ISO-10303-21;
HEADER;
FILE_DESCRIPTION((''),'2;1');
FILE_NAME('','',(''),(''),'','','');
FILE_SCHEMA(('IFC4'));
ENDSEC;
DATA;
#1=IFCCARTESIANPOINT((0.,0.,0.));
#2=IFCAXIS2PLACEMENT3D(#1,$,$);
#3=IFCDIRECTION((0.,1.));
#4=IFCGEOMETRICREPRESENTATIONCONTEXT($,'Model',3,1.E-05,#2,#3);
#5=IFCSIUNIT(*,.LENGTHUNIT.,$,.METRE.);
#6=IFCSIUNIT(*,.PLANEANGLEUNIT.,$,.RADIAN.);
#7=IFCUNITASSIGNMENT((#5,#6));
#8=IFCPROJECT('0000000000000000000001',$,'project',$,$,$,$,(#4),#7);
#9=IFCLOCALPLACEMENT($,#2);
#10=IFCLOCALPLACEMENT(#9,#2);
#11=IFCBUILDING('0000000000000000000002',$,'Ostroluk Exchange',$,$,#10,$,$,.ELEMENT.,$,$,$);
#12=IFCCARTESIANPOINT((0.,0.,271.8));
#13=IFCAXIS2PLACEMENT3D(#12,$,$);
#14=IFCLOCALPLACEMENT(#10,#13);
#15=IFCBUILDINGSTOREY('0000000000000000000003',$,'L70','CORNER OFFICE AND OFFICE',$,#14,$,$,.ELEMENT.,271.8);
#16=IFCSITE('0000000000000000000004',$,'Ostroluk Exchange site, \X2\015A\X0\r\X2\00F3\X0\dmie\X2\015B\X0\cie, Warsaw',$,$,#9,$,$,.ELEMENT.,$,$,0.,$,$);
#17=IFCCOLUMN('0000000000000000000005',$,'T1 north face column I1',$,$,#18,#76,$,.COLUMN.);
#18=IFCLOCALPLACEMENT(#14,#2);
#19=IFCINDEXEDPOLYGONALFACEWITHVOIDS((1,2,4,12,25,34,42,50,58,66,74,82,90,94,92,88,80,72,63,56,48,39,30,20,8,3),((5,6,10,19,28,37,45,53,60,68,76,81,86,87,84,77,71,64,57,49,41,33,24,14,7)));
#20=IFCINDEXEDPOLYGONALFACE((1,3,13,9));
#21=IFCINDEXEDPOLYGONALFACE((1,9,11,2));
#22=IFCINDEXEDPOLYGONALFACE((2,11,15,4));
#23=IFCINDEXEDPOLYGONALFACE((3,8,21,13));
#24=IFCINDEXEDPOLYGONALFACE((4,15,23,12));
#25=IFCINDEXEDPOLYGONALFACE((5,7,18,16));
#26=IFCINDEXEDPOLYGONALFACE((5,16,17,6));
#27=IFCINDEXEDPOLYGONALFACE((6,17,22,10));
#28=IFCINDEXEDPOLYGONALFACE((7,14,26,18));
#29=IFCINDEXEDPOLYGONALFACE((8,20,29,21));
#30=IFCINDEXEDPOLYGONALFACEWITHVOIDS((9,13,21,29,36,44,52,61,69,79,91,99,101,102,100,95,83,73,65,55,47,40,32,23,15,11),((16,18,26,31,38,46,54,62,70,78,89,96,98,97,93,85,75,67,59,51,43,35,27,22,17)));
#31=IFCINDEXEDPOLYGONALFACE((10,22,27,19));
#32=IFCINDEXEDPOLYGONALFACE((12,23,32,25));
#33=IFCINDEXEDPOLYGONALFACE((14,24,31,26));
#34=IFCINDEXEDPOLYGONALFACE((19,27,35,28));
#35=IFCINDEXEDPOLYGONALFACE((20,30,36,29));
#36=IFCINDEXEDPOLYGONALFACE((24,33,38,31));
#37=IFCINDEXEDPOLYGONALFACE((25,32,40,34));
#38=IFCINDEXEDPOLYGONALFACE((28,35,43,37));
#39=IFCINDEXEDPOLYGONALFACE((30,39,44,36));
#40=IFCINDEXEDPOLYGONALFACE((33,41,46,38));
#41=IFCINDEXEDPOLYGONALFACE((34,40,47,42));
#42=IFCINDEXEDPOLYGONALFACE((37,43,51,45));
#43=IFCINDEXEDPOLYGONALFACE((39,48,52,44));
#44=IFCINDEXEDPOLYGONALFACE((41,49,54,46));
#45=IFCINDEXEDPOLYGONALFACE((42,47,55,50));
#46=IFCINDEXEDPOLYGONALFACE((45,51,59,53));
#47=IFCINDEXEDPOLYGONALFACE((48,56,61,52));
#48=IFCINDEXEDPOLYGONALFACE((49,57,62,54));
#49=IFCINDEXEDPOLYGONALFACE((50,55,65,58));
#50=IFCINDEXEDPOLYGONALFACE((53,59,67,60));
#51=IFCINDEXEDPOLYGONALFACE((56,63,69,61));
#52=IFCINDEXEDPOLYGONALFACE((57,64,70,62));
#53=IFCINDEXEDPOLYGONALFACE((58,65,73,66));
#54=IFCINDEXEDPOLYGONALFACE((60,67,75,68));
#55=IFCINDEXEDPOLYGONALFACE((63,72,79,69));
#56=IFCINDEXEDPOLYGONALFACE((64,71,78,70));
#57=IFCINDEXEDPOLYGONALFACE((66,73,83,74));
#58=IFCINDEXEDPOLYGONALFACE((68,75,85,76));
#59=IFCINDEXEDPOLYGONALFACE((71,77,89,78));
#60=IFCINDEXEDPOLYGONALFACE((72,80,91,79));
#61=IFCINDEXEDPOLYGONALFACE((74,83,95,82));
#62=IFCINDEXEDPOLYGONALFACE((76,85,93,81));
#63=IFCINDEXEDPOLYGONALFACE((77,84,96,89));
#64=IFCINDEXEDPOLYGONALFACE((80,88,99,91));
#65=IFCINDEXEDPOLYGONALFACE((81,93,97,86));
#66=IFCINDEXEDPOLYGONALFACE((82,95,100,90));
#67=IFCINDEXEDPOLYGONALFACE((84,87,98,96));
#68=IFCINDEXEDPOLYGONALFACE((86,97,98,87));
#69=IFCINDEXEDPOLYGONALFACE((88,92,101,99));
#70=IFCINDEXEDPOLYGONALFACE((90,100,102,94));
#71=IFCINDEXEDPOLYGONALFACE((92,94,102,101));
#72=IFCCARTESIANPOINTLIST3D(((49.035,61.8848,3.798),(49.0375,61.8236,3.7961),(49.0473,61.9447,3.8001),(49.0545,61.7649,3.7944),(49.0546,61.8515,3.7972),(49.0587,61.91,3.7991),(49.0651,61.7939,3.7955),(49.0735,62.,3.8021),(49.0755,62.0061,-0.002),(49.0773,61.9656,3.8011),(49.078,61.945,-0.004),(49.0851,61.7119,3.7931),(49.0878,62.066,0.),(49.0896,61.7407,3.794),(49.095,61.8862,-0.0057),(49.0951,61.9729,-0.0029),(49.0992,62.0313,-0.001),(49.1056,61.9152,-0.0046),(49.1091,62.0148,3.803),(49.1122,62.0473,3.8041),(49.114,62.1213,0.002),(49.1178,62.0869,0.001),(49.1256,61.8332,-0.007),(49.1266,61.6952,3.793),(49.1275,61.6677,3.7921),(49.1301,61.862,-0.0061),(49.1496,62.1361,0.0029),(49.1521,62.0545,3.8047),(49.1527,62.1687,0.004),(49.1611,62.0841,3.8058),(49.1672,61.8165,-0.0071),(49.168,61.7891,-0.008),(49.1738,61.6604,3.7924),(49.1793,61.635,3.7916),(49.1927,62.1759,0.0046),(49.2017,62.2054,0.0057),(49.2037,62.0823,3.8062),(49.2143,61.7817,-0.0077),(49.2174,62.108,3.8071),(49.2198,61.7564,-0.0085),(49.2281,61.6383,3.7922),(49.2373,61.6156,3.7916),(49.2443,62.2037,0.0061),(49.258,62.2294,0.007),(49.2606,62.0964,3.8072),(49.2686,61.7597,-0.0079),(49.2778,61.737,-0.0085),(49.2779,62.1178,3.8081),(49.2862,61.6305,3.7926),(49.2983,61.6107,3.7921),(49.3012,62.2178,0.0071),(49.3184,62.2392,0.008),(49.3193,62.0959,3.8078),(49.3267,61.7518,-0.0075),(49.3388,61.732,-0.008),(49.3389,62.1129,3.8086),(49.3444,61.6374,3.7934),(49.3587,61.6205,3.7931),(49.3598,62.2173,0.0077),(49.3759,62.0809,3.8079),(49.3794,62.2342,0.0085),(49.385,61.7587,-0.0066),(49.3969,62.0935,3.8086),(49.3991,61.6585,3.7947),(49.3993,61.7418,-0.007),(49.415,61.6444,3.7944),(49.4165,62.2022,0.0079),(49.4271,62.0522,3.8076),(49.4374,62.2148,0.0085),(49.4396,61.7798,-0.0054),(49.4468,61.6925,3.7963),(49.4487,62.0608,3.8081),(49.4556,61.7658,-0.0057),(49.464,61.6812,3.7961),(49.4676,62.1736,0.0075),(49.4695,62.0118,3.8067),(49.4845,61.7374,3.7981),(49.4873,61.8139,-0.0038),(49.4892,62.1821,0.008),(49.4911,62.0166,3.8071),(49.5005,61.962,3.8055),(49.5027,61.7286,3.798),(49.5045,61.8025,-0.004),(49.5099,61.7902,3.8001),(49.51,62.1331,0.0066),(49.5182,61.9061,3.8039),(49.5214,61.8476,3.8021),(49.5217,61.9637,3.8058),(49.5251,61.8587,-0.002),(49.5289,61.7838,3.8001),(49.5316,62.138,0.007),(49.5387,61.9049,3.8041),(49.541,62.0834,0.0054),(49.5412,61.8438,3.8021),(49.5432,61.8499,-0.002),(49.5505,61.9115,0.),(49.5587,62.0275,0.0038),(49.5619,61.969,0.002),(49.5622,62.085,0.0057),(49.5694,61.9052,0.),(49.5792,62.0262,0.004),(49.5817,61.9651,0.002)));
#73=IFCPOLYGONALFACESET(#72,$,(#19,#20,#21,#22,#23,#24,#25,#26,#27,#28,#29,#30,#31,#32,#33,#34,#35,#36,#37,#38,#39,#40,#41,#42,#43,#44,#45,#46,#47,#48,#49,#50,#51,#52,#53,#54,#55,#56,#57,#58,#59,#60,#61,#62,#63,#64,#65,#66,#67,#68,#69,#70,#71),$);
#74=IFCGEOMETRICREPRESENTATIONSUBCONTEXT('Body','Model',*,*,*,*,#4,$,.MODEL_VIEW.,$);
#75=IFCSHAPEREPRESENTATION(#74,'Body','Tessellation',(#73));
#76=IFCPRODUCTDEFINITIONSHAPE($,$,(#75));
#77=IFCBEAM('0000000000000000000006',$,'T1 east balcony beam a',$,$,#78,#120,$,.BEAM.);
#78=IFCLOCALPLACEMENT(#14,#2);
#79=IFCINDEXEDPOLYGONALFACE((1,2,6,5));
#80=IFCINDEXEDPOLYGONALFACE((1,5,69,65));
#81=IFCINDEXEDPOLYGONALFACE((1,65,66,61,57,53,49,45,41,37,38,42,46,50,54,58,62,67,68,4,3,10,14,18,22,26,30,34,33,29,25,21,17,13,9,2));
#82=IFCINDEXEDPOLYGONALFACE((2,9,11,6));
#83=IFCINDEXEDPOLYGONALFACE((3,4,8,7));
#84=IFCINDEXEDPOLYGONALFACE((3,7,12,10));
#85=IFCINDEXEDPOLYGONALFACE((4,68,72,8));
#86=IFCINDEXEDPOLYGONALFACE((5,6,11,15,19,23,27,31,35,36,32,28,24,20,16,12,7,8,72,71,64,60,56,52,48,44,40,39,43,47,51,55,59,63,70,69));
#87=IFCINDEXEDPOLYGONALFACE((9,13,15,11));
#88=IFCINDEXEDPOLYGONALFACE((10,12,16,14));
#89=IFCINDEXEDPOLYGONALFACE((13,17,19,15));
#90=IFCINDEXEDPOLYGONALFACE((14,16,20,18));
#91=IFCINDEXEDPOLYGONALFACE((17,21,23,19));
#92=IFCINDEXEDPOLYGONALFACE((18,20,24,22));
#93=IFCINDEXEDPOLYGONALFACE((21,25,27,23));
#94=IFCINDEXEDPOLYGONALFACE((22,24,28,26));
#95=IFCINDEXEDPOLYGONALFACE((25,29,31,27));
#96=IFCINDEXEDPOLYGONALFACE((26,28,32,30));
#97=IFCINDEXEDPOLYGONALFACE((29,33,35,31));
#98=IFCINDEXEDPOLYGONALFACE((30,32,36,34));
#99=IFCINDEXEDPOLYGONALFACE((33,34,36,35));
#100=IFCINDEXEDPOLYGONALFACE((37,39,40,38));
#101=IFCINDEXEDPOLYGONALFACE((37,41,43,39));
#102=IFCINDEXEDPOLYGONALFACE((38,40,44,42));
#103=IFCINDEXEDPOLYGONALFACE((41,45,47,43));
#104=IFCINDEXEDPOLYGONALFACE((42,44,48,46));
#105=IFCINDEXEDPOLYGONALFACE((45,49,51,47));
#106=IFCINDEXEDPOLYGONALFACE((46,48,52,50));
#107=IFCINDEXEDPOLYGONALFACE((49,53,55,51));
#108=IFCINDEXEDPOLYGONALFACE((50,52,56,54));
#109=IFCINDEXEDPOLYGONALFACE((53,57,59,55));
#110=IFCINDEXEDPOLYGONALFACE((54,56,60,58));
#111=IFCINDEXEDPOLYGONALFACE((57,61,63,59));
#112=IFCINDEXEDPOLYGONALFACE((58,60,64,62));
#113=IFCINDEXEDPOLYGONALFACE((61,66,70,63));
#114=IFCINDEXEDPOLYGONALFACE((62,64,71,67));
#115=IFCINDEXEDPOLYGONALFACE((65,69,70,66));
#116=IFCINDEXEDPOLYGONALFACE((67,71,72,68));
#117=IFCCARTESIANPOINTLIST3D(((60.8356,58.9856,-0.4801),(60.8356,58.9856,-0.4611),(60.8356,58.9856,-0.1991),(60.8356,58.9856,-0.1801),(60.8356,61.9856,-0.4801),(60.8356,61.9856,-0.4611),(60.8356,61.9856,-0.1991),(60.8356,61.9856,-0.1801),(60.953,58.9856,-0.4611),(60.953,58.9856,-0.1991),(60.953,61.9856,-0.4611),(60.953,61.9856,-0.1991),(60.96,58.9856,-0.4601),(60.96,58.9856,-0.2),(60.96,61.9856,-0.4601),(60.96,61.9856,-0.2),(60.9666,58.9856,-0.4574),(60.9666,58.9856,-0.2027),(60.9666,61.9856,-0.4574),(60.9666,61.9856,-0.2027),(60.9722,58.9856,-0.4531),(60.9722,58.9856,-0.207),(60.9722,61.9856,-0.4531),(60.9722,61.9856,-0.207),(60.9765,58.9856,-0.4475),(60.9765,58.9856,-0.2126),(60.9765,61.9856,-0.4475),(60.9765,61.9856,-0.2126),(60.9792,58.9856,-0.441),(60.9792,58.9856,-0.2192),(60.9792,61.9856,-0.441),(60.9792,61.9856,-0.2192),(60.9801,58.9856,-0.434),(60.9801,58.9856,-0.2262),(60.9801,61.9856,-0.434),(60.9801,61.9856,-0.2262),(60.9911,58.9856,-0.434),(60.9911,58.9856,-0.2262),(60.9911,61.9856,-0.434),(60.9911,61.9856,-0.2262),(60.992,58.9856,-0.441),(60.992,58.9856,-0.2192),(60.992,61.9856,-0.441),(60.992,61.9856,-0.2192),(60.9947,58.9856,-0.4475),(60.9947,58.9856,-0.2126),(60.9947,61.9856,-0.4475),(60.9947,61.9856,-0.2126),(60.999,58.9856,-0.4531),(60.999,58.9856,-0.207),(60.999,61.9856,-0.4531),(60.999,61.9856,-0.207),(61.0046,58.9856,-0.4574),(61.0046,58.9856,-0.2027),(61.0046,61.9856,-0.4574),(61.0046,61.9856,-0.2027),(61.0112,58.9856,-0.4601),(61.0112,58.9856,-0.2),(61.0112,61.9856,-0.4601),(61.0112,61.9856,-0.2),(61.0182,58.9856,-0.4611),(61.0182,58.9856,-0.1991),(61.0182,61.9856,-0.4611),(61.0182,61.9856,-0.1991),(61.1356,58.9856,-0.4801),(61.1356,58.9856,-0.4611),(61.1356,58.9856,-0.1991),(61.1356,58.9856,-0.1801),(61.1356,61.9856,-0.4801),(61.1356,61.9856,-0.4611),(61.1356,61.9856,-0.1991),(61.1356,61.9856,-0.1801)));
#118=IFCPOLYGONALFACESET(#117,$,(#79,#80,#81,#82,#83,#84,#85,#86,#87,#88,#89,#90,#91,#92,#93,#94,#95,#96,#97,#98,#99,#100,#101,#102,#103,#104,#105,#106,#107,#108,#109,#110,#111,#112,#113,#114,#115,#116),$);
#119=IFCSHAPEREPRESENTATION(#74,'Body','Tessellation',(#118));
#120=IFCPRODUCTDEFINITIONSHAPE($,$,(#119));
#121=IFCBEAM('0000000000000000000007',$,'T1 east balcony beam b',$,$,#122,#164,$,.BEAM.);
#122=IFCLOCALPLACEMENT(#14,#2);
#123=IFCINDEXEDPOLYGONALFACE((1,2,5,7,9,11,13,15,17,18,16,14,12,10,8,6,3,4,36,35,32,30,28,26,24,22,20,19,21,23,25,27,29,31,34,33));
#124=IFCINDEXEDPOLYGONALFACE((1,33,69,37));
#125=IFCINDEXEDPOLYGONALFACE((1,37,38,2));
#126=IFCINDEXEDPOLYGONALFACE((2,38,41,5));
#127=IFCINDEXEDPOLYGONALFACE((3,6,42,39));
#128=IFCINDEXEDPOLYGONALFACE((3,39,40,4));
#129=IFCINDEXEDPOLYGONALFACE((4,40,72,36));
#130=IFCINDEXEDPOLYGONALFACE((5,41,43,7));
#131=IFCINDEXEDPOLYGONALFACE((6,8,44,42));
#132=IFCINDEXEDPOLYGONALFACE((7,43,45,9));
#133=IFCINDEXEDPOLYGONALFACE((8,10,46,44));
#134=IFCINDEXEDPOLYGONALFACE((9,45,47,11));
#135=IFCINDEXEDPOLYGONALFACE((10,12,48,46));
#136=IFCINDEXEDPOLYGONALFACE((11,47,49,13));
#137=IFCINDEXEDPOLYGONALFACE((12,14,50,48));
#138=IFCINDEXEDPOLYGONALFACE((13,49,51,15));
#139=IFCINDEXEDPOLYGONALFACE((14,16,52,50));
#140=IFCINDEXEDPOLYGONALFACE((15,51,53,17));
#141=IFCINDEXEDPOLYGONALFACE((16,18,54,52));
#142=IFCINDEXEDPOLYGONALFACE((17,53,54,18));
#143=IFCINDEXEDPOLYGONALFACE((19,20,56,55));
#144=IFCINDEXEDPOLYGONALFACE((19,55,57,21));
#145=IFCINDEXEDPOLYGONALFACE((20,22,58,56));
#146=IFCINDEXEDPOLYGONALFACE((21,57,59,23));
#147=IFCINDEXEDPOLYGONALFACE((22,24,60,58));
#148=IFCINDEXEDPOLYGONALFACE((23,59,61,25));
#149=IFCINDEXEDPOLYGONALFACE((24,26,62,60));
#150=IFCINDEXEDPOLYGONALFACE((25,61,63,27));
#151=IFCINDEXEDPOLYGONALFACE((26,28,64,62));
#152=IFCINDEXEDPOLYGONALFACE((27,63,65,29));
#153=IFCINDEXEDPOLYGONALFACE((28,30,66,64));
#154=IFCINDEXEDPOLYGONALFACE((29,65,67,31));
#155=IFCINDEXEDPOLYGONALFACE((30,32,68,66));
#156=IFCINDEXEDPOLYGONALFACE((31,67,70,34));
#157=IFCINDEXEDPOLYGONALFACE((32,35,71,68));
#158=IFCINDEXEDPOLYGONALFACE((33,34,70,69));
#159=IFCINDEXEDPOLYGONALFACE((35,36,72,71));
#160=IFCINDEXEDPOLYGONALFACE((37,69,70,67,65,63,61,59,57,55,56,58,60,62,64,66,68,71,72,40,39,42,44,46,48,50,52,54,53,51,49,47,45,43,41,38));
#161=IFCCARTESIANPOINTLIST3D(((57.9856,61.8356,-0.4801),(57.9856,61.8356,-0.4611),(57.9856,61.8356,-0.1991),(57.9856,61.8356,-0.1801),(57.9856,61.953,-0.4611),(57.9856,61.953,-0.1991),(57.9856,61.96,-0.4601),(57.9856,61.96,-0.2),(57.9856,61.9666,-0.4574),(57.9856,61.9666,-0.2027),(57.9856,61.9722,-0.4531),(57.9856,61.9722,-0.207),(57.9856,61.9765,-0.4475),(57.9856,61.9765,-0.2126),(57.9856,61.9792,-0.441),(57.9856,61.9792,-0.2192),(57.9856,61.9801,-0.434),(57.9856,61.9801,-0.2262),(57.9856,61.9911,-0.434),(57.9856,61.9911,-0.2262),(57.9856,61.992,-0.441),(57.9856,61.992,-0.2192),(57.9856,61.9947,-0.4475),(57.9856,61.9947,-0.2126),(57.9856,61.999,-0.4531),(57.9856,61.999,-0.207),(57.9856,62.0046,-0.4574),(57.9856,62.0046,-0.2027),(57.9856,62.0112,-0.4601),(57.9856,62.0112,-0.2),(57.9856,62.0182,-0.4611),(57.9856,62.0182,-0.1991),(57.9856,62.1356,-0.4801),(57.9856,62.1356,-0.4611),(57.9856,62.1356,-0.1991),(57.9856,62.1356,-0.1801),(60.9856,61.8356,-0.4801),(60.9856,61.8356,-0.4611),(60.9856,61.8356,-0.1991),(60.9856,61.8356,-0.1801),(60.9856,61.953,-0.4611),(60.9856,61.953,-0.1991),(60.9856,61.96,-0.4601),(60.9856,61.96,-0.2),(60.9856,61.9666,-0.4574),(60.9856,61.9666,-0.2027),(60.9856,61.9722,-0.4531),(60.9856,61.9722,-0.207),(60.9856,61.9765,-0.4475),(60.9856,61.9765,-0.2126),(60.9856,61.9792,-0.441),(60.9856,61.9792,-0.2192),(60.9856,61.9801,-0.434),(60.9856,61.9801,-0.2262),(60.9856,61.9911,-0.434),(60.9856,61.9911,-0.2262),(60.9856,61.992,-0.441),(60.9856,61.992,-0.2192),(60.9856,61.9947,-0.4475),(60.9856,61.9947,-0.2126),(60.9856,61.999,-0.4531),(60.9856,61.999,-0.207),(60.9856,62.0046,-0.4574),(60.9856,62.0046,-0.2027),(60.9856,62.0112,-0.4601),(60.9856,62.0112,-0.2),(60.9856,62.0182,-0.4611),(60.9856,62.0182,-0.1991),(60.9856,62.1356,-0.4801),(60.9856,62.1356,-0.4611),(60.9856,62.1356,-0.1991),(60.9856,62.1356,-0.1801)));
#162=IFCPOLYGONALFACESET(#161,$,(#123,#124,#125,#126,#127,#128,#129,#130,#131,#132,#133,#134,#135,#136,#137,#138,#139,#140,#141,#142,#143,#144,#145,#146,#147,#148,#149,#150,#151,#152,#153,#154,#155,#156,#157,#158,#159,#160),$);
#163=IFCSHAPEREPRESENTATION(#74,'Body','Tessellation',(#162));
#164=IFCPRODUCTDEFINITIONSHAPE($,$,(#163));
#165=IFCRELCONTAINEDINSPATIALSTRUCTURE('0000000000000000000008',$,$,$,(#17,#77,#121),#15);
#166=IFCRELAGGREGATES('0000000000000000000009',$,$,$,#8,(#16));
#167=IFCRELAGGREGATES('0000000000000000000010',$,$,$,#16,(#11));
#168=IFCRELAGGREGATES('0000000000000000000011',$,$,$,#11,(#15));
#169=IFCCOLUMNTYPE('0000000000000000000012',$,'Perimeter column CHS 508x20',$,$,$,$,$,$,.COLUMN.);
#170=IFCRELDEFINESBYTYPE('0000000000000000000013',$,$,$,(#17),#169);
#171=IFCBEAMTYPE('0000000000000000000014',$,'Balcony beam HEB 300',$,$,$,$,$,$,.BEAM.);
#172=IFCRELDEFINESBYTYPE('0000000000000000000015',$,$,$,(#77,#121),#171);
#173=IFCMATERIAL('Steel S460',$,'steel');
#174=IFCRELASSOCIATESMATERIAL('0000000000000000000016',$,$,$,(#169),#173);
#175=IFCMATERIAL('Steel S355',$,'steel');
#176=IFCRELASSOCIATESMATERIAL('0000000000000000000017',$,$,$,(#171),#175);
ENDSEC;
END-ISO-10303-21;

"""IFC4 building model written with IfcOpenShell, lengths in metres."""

from ifc_helpers import new_model, si_unit, direction, frame, origin, origin_2d, place, context, subcontext, project, spatial, hollow_circle, i_section, extrude, material, material_profile, profile_set, type_object, element, save


model = new_model("IFC4")

# Units and contexts
model_context = context("Model", 3, precision=1e-05, world=origin(), true_north=direction((0.0, 1.0)))
body_context = subcontext(model_context, "Body", "Model", "MODEL_VIEW")
ifc_project = project(units=[si_unit("LENGTHUNIT", "METRE"), si_unit("PLANEANGLEUNIT", "RADIAN")], contexts=[model_context])

# Site, building, storey
site_placement = place(None, origin())
site = spatial("IfcSite", under=ifc_project, at=site_placement, Name="Ostroluk Exchange site, Śródmieście, Warsaw", CompositionType="ELEMENT", RefElevation=0.0)
building_placement = place(site_placement, origin())
building = spatial("IfcBuilding", under=site, at=building_placement, Name="Ostroluk Exchange", CompositionType="ELEMENT")
storey_placement = place(building_placement, frame((0.0, 0.0, 271.8)))
storey = spatial("IfcBuildingStorey", under=building, at=storey_placement, Name="L70", Description="CORNER OFFICE AND OFFICE", CompositionType="ELEMENT", Elevation=271.8)

# Column
ifc_material_1 = material(Name="Steel S460", Category="steel")
ifc_material_profile_1 = material_profile(ifc_material_1, hollow_circle(Radius=0.2539, WallThickness=0.02, at=origin_2d()), Name="CHS 508x20")
ifc_profile_set_1 = profile_set([ifc_material_profile_1], Name="Steel S460")
column_type_1 = type_object("IfcColumnType", Name="Perimeter column CHS 508x20", PredefinedType="COLUMN", material=ifc_profile_set_1)
column_1_placement = place(storey_placement, frame((49.3286, 61.9856, 0.0), z_axis=(-0.010659, -0.031913, 0.999434), x_axis=(0.948492, -0.3168, 0.0)))
element("IfcColumn", 1, at=column_1_placement, inside=storey, type_object=column_type_1, Name="T1 north face column I1", PredefinedType="COLUMN", context=body_context, shape_type="SweptSolid", body=[
    extrude(hollow_circle(Radius=0.2539, WallThickness=0.02, at=origin_2d()), origin(), (0.0, 0.0, 1.0), 3.8022),
])

# Beams
ifc_material_2 = material(Name="Steel S355", Category="steel")
ifc_material_profile_2 = material_profile(ifc_material_2, i_section(OverallWidth=0.3, OverallDepth=0.3, WebThickness=0.011, FlangeThickness=0.019, FilletRadius=0.0271, at=origin_2d()), Name="HEB 300")
ifc_profile_set_2 = profile_set([ifc_material_profile_2], Name="Steel S355")
beam_type_1 = type_object("IfcBeamType", Name="Balcony beam HEB 300", PredefinedType="BEAM", material=ifc_profile_set_2)
for number, where, z_axis, x_axis, name in (
    (2, (60.9856, 58.9856, -0.3301), (0.0, 1.0, 0.0), (-1.0, 0.0, 0.0), "T1 east balcony beam a"),
    (3, (57.9856, 61.9856, -0.3301), (1.0, 0.0, 0.0), (0.0, 1.0, 0.0), "T1 east balcony beam b"),
):
    element("IfcBeam", number, at=place(storey_placement, frame(where, z_axis=z_axis, x_axis=x_axis)), inside=storey, type_object=beam_type_1, Name=name, PredefinedType="BEAM", context=body_context, shape_type="SweptSolid", body=[
        extrude(i_section(OverallWidth=0.3, OverallDepth=0.3, WebThickness=0.011, FlangeThickness=0.019, FilletRadius=0.0271, at=origin_2d()), origin(), (0.0, 0.0, 1.0), 3.0),
    ])

save(model, "model.ifc")
